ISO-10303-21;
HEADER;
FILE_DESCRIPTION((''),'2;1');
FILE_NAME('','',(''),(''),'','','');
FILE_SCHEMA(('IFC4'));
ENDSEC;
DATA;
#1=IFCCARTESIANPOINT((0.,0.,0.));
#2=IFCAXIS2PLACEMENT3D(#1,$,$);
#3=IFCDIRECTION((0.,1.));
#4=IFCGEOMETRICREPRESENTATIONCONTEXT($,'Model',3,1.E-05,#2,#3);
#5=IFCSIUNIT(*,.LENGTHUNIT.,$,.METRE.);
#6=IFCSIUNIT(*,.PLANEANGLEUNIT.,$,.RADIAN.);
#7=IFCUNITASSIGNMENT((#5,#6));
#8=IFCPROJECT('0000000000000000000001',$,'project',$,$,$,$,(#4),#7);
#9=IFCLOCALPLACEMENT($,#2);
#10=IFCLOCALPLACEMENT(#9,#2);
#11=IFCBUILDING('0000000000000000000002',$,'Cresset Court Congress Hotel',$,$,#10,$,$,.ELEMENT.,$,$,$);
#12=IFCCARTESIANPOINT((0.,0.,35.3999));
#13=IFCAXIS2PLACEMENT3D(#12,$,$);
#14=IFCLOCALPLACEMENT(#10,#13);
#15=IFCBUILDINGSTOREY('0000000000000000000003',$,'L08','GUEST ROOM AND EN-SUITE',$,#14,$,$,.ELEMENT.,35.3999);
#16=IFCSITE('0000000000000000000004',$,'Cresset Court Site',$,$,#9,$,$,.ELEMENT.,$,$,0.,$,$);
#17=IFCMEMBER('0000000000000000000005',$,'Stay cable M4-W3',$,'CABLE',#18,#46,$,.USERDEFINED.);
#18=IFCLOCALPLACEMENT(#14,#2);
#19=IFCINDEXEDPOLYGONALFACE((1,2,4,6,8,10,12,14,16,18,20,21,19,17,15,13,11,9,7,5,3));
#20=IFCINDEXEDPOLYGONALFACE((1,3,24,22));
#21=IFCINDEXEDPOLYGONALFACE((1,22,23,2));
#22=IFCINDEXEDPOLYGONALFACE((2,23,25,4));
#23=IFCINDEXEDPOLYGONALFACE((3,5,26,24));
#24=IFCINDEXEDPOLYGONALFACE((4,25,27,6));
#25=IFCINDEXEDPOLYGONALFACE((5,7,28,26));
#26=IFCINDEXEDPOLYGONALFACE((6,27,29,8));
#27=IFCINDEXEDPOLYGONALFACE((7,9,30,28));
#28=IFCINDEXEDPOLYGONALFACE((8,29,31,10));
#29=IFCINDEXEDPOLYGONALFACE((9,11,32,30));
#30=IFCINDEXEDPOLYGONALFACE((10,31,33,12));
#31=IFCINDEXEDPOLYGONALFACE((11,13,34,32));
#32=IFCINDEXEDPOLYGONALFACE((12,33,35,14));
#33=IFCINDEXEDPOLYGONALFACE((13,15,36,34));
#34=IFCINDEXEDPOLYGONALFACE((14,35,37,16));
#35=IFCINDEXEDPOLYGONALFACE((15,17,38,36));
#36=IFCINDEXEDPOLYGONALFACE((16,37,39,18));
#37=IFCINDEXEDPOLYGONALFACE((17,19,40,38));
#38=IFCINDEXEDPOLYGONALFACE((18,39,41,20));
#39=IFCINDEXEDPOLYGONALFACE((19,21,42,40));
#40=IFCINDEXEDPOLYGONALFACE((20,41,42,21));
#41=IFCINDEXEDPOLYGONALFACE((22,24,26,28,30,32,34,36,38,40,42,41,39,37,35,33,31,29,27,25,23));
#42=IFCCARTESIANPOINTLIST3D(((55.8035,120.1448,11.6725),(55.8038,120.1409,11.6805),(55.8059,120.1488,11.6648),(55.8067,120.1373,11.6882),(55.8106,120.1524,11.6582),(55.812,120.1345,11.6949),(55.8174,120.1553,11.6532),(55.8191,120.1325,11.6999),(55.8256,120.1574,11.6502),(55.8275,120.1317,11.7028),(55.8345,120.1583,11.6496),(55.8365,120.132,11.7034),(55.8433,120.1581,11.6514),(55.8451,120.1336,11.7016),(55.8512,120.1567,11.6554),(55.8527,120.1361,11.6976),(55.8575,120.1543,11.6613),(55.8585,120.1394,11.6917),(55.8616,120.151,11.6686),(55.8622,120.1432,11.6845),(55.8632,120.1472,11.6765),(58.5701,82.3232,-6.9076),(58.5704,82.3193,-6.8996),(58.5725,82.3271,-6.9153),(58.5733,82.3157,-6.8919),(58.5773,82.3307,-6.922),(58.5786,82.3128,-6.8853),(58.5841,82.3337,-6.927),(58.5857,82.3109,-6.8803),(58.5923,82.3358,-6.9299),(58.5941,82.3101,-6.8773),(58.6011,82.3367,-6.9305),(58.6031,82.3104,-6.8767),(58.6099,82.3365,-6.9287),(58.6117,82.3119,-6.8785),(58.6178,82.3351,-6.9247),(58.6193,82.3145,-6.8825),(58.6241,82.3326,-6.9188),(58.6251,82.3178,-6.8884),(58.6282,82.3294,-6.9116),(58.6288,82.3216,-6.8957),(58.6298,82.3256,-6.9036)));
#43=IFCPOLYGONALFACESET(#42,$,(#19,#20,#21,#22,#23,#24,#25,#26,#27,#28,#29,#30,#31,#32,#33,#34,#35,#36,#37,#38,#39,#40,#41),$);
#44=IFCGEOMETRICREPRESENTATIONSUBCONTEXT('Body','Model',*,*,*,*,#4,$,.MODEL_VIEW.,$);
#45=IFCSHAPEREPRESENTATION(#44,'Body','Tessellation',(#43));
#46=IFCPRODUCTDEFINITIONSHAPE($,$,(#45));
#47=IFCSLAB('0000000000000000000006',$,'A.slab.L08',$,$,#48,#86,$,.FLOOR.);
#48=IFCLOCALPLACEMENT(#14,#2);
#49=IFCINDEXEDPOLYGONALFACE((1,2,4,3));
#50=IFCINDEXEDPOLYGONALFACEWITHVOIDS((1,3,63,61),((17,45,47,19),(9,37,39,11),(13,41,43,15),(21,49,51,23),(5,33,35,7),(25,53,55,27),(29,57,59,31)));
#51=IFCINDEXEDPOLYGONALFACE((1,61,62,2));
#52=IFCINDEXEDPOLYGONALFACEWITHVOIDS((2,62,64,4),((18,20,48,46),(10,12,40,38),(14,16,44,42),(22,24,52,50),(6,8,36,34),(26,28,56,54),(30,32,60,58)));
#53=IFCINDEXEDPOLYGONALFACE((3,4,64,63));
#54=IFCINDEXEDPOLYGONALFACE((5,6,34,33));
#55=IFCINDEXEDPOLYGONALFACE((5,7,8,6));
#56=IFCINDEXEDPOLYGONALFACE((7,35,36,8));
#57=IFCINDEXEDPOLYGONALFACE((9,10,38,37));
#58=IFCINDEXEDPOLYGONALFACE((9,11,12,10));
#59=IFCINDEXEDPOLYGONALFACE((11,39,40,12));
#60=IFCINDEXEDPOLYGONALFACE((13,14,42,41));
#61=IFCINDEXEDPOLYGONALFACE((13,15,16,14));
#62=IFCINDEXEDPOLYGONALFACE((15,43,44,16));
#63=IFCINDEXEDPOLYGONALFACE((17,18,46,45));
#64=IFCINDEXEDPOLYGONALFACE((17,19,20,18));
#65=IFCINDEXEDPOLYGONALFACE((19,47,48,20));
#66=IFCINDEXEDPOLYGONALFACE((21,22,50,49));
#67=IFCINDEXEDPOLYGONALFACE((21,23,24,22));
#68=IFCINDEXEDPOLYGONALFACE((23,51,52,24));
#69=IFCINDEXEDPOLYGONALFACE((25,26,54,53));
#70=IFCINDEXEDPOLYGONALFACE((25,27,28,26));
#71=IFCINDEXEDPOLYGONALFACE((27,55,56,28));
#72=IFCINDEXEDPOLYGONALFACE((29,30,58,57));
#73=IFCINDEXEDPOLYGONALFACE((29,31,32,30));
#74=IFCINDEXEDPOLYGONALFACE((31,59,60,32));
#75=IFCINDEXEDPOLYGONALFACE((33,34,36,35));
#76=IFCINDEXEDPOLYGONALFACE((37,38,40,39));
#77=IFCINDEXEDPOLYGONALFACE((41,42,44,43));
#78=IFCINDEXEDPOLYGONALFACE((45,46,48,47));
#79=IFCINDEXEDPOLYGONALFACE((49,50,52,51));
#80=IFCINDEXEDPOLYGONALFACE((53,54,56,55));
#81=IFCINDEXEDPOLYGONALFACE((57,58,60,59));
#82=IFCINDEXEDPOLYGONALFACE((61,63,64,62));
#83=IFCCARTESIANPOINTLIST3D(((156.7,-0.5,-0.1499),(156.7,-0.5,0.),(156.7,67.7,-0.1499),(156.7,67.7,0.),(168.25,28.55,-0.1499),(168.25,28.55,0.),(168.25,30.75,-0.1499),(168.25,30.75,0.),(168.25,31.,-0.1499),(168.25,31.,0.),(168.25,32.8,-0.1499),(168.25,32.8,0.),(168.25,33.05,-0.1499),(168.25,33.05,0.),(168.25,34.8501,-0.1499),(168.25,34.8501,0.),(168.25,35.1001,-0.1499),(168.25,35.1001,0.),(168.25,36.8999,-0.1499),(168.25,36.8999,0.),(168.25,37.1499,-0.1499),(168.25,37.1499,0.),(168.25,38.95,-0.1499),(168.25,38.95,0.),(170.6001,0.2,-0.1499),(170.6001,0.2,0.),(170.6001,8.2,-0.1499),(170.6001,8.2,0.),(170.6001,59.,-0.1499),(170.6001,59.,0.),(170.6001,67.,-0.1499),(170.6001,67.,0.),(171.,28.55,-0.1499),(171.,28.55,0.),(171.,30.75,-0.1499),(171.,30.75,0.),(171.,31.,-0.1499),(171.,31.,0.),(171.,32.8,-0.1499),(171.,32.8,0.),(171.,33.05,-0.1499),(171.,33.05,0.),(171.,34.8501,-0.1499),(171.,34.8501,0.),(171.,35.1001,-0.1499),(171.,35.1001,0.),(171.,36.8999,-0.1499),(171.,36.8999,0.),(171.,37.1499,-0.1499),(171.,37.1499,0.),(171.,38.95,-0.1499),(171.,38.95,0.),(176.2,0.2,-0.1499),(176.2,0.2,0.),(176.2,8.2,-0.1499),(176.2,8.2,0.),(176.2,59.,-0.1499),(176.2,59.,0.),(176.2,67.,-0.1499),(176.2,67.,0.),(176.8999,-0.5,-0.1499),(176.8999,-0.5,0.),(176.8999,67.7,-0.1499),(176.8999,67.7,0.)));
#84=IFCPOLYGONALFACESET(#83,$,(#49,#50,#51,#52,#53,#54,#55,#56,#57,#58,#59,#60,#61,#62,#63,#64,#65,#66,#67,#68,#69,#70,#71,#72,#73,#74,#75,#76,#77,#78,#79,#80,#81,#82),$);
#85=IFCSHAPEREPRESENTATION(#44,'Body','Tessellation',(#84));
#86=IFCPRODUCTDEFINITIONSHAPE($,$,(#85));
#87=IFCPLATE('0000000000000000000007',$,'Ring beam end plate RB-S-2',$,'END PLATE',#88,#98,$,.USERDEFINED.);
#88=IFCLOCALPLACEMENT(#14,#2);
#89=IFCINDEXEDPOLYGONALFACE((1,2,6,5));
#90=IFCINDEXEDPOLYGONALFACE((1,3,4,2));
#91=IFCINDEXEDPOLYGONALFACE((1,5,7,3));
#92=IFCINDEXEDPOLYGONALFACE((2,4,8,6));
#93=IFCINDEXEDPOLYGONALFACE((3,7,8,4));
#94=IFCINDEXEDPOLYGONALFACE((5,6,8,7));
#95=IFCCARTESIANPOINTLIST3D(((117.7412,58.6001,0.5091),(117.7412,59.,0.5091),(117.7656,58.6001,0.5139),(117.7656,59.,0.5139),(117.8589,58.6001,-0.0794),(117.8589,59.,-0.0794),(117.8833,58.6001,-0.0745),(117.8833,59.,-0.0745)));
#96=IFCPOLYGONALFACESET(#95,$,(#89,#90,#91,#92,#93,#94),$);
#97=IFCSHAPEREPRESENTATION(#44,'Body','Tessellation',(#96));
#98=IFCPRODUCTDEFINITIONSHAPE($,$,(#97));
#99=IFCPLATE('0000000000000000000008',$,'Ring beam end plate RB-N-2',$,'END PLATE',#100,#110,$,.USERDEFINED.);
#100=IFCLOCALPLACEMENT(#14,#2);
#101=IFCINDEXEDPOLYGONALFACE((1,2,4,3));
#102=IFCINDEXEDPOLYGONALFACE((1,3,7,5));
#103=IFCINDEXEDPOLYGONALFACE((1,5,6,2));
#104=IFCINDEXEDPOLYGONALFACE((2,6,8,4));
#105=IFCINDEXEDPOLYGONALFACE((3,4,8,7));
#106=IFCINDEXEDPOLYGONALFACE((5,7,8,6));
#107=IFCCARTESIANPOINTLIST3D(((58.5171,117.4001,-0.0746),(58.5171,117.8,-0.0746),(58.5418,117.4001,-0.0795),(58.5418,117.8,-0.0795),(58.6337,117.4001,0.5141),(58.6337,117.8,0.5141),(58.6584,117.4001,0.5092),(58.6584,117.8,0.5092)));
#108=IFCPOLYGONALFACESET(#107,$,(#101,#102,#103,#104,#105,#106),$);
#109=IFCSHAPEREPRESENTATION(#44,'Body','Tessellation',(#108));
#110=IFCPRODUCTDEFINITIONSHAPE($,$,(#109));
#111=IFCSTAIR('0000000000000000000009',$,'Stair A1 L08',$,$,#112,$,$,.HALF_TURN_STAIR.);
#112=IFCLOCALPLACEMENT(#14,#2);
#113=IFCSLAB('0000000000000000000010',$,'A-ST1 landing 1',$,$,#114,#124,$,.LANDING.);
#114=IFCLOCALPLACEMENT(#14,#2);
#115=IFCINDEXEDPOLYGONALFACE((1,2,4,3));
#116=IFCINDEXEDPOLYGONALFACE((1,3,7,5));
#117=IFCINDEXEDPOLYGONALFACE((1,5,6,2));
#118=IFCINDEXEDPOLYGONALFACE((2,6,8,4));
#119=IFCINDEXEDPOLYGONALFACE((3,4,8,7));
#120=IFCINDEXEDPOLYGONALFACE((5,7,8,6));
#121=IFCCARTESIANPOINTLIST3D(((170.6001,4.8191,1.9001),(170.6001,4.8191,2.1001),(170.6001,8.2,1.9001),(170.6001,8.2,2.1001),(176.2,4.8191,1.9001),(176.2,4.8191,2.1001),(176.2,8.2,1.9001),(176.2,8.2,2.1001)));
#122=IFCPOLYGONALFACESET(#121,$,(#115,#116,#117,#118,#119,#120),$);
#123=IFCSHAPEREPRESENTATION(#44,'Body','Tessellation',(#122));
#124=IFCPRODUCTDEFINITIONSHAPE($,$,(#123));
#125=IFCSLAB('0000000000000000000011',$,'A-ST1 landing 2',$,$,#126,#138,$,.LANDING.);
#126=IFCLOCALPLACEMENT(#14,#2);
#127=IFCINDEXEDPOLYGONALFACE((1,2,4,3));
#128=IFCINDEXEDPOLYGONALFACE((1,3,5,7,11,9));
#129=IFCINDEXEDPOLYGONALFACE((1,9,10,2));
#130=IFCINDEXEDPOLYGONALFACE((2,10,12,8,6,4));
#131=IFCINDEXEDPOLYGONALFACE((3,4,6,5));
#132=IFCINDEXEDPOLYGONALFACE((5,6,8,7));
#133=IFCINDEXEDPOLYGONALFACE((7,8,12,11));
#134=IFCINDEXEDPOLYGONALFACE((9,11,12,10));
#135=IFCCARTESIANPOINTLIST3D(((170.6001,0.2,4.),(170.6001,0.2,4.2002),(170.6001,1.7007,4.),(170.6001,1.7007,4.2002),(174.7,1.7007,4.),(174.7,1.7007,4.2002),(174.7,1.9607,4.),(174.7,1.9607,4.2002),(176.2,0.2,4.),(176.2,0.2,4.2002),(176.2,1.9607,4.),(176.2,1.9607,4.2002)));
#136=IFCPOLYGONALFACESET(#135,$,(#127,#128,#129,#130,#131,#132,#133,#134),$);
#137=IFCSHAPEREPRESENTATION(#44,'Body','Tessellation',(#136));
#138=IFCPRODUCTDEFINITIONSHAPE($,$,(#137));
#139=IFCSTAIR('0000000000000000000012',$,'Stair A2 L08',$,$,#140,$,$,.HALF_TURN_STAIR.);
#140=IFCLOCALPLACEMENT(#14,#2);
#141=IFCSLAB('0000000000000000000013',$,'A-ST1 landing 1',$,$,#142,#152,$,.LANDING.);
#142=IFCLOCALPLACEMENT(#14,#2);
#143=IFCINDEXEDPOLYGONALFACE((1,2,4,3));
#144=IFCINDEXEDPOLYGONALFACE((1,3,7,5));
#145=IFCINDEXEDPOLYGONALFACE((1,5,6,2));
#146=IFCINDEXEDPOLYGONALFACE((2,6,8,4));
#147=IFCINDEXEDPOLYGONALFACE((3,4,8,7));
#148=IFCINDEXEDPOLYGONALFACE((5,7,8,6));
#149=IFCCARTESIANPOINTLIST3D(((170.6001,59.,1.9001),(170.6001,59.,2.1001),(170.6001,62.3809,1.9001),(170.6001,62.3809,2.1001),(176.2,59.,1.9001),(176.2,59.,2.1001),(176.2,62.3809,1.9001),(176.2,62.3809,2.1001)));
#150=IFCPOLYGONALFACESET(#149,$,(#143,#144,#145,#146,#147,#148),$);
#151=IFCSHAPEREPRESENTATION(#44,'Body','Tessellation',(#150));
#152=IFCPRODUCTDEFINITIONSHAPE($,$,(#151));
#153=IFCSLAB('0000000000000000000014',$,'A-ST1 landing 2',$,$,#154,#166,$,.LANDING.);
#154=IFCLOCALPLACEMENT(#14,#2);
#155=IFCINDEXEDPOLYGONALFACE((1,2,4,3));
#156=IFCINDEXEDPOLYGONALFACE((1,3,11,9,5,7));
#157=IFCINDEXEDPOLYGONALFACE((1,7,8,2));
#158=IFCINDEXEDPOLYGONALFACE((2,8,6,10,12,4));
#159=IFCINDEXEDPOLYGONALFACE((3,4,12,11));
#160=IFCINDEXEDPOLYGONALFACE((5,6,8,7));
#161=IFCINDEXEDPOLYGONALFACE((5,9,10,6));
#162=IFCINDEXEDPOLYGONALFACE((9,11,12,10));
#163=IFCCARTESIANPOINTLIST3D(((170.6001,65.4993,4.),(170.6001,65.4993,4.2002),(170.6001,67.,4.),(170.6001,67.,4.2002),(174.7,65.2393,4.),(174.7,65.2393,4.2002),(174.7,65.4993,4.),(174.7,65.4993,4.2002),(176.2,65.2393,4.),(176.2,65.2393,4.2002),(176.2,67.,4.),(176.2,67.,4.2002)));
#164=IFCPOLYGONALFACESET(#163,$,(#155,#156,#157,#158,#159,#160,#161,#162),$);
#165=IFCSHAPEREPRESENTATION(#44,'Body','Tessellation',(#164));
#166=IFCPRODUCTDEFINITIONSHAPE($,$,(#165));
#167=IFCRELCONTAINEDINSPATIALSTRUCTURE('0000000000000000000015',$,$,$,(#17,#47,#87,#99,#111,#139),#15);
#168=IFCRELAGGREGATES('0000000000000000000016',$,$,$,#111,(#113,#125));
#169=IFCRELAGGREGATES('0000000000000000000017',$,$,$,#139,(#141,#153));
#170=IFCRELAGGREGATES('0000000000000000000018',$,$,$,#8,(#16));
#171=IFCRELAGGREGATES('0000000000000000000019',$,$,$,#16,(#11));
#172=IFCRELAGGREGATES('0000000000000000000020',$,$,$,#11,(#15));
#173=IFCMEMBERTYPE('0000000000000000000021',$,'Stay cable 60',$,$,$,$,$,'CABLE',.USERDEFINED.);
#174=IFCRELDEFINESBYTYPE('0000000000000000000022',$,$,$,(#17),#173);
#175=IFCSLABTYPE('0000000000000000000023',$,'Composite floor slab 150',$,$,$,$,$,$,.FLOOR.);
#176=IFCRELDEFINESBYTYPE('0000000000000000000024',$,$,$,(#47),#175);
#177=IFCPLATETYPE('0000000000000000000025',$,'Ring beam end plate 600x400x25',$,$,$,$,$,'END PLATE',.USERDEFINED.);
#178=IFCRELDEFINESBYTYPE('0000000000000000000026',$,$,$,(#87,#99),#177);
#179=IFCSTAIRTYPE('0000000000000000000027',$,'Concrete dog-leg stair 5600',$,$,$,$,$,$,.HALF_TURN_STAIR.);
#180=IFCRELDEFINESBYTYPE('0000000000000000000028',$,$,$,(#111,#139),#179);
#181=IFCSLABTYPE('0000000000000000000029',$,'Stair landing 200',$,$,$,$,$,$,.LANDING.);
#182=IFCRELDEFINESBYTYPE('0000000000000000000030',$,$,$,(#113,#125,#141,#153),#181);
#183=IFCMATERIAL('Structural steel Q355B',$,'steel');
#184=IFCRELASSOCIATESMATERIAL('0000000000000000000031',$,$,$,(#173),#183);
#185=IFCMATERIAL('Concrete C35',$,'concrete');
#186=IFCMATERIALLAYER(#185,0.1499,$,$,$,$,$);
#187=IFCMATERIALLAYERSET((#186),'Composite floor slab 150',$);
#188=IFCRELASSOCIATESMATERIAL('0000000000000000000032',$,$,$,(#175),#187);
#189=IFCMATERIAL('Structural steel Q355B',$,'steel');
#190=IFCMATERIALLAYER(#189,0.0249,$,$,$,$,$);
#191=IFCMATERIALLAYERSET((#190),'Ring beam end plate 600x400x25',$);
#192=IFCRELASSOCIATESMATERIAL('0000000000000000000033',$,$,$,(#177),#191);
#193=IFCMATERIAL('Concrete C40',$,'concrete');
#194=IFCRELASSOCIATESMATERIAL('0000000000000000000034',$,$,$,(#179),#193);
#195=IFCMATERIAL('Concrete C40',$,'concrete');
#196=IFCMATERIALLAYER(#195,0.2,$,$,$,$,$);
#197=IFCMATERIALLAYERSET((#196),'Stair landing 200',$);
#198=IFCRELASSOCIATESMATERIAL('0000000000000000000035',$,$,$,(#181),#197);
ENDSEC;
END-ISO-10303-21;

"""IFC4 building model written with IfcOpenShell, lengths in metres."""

from ifc_helpers import new_model, si_unit, direction, frame, origin, origin_2d, place, context, subcontext, project, spatial, polyline, rectangle, circle, outline, extrude, material, layer, layer_set, material_profile, profile_set, type_object, element, aggregate, save


model = new_model("IFC4")

# Units and contexts
model_context = context("Model", 3, precision=1e-05, world=origin(), true_north=direction((0.0, 1.0)))
body_context = subcontext(model_context, "Body", "Model", "MODEL_VIEW")
ifc_project = project(units=[si_unit("LENGTHUNIT", "METRE"), si_unit("PLANEANGLEUNIT", "RADIAN")], contexts=[model_context])

# Site, building, storey
site_placement = place(None, origin())
site = spatial("IfcSite", under=ifc_project, at=site_placement, Name="Cresset Court Site", CompositionType="ELEMENT", RefElevation=0.0)
building_placement = place(site_placement, origin())
building = spatial("IfcBuilding", under=site, at=building_placement, Name="Cresset Court Congress Hotel", CompositionType="ELEMENT")
storey_placement = place(building_placement, frame((0.0, 0.0, 35.3999)))
storey = spatial("IfcBuildingStorey", under=building, at=storey_placement, Name="L08", Description="GUEST ROOM AND EN-SUITE", CompositionType="ELEMENT", Elevation=35.3999)

# Member
ifc_material_1 = material(Name="Structural steel Q355B", Category="steel")
ifc_material_profile_1 = material_profile(ifc_material_1, circle(Radius=0.03, at=origin_2d()), Name="CABLE60")
ifc_profile_set_1 = profile_set([ifc_material_profile_1], Name="Structural steel Q355B")
member_type = type_object("IfcMemberType", Name="Stay cable 60", ElementType="CABLE", PredefinedType="USERDEFINED", material=ifc_profile_set_1)
member_1_placement = place(storey_placement, frame((55.8333, 120.145, 11.6765), z_axis=(0.065513, -0.895616, -0.439977), x_axis=(0.997335, 0.072954, 0.0)))
element("IfcMember", 1, at=member_1_placement, inside=storey, type_object=member_type, Name="Stay cable M4-W3", ObjectType="CABLE", PredefinedType="USERDEFINED", context=body_context, shape_type="SweptSolid", body=[
    extrude(circle(Radius=0.03, at=origin_2d()), origin(), (0.0, 0.0, 1.0), 42.2297),
])

# Slab
ifc_material_2 = material(Name="Concrete C35", Category="concrete")
ifc_layer_1 = layer(ifc_material_2, 0.1499)
ifc_layer_set_1 = layer_set([ifc_layer_1], Name="Composite floor slab 150")
slab_type_1 = type_object("IfcSlabType", Name="Composite floor slab 150", PredefinedType="FLOOR", material=ifc_layer_set_1)
slab_1_placement = place(storey_placement, frame((0.0, 0.0, -0.1499)))
element("IfcSlab", 2, at=slab_1_placement, inside=storey, type_object=slab_type_1, Name="A.slab.L08", PredefinedType="FLOOR", context=body_context, shape_type="SweptSolid", body=[
    extrude(outline(polyline([(156.7, -0.5), (176.8999, -0.5), (176.8999, 67.7), (156.7, 67.7), (156.7, -0.5)]), holes=[polyline([(170.6001, 0.2), (176.2, 0.2), (176.2, 8.2), (170.6001, 8.2), (170.6001, 0.2)]), polyline([(170.6001, 59.0), (176.2, 59.0), (176.2, 67.0), (170.6001, 67.0), (170.6001, 59.0)]), polyline([(168.25, 28.55), (171.0, 28.55), (171.0, 30.75), (168.25, 30.75), (168.25, 28.55)]), polyline([(168.25, 31.0), (171.0, 31.0), (171.0, 32.8), (168.25, 32.8), (168.25, 31.0)]), polyline([(168.25, 33.05), (171.0, 33.05), (171.0, 34.8501), (168.25, 34.8501), (168.25, 33.05)]), polyline([(168.25, 35.1001), (171.0, 35.1001), (171.0, 36.8999), (168.25, 36.8999), (168.25, 35.1001)]), polyline([(168.25, 37.1499), (171.0, 37.1499), (171.0, 38.95), (168.25, 38.95), (168.25, 37.1499)])]), origin(), (0.0, 0.0, 1.0), 0.1499),
])

# Plates
ifc_material_3 = material(Name="Structural steel Q355B", Category="steel")
ifc_layer_2 = layer(ifc_material_3, 0.0249)
ifc_layer_set_2 = layer_set([ifc_layer_2], Name="Ring beam end plate 600x400x25")
plate_type = type_object("IfcPlateType", Name="Ring beam end plate 600x400x25", ElementType="END PLATE", PredefinedType="USERDEFINED", material=ifc_layer_set_2)
plate_1_placement = place(storey_placement, frame((117.8, 58.8, 0.2148), z_axis=(0.980581, 0.0, 0.196116), x_axis=(0.0, 1.0, 0.0)))
element("IfcPlate", 3, at=plate_1_placement, inside=storey, type_object=plate_type, Name="Ring beam end plate RB-S-2", ObjectType="END PLATE", PredefinedType="USERDEFINED", context=body_context, shape_type="SweptSolid", body=[
    extrude(rectangle(XDim=0.3999, YDim=0.6001, at=origin_2d()), origin(), (0.0, 0.0, 1.0), 0.0249),
])
plate_2_placement = place(storey_placement, frame((58.6001, 117.6001, 0.2148), z_axis=(-0.980952, 0.0, 0.194248), x_axis=(0.0, -1.0, 0.0)))
element("IfcPlate", 4, at=plate_2_placement, inside=storey, type_object=plate_type, Name="Ring beam end plate RB-N-2", ObjectType="END PLATE", PredefinedType="USERDEFINED", context=body_context, shape_type="SweptSolid", body=[
    extrude(rectangle(XDim=0.3999, YDim=0.6001, at=origin_2d()), origin(), (0.0, 0.0, 1.0), 0.0251),
])

# Stairs, slabs
ifc_material_4 = material(Name="Concrete C40", Category="concrete")
stair_type = type_object("IfcStairType", Name="Concrete dog-leg stair 5600", PredefinedType="HALF_TURN_STAIR", material=ifc_material_4)
stair_1_placement = place(storey_placement, origin())
stair_1 = element("IfcStair", 5, at=stair_1_placement, inside=storey, type_object=stair_type, Name="Stair A1 L08", PredefinedType="HALF_TURN_STAIR")
ifc_material_5 = material(Name="Concrete C40", Category="concrete")
ifc_layer_3 = layer(ifc_material_5, 0.2)
ifc_layer_set_3 = layer_set([ifc_layer_3], Name="Stair landing 200")
slab_type_2 = type_object("IfcSlabType", Name="Stair landing 200", PredefinedType="LANDING", material=ifc_layer_set_3)
slab_2_placement = place(storey_placement, frame((0.0, 0.0, 1.9001)))
slab_2 = element("IfcSlab", 6, at=slab_2_placement, type_object=slab_type_2, Name="A-ST1 landing 1", PredefinedType="LANDING", context=body_context, shape_type="SweptSolid", body=[
    extrude(outline(polyline([(170.6001, 4.8191), (176.2, 4.8191), (176.2, 8.2), (170.6001, 8.2), (170.6001, 4.8191)])), origin(), (0.0, 0.0, 1.0), 0.2),
])
slab_3_placement = place(storey_placement, frame((0.0, 0.0, 4.0)))
slab_3 = element("IfcSlab", 7, at=slab_3_placement, type_object=slab_type_2, Name="A-ST1 landing 2", PredefinedType="LANDING", context=body_context, shape_type="SweptSolid", body=[
    extrude(outline(polyline([(170.6001, 0.2), (176.2, 0.2), (176.2, 1.9607), (174.7, 1.9607), (174.7, 1.7007), (170.6001, 1.7007), (170.6001, 0.2)])), origin(), (0.0, 0.0, 1.0), 0.2002),
])
aggregate(stair_1, [slab_2, slab_3])
stair_2_placement = place(storey_placement, origin())
stair_2 = element("IfcStair", 8, at=stair_2_placement, inside=storey, type_object=stair_type, Name="Stair A2 L08", PredefinedType="HALF_TURN_STAIR")
slab_4_placement = place(storey_placement, frame((0.0, 0.0, 1.9001)))
slab_4 = element("IfcSlab", 9, at=slab_4_placement, type_object=slab_type_2, Name="A-ST1 landing 1", PredefinedType="LANDING", context=body_context, shape_type="SweptSolid", body=[
    extrude(outline(polyline([(170.6001, 62.3809), (176.2, 62.3809), (176.2, 59.0), (170.6001, 59.0), (170.6001, 62.3809)])), origin(), (0.0, 0.0, 1.0), 0.2),
])
slab_5_placement = place(storey_placement, frame((0.0, 0.0, 4.0)))
slab_5 = element("IfcSlab", 10, at=slab_5_placement, type_object=slab_type_2, Name="A-ST1 landing 2", PredefinedType="LANDING", context=body_context, shape_type="SweptSolid", body=[
    extrude(outline(polyline([(170.6001, 67.0), (176.2, 67.0), (176.2, 65.2393), (174.7, 65.2393), (174.7, 65.4993), (170.6001, 65.4993), (170.6001, 67.0)])), origin(), (0.0, 0.0, 1.0), 0.2002),
])
aggregate(stair_2, [slab_4, slab_5])

save(model, "model.ifc")
